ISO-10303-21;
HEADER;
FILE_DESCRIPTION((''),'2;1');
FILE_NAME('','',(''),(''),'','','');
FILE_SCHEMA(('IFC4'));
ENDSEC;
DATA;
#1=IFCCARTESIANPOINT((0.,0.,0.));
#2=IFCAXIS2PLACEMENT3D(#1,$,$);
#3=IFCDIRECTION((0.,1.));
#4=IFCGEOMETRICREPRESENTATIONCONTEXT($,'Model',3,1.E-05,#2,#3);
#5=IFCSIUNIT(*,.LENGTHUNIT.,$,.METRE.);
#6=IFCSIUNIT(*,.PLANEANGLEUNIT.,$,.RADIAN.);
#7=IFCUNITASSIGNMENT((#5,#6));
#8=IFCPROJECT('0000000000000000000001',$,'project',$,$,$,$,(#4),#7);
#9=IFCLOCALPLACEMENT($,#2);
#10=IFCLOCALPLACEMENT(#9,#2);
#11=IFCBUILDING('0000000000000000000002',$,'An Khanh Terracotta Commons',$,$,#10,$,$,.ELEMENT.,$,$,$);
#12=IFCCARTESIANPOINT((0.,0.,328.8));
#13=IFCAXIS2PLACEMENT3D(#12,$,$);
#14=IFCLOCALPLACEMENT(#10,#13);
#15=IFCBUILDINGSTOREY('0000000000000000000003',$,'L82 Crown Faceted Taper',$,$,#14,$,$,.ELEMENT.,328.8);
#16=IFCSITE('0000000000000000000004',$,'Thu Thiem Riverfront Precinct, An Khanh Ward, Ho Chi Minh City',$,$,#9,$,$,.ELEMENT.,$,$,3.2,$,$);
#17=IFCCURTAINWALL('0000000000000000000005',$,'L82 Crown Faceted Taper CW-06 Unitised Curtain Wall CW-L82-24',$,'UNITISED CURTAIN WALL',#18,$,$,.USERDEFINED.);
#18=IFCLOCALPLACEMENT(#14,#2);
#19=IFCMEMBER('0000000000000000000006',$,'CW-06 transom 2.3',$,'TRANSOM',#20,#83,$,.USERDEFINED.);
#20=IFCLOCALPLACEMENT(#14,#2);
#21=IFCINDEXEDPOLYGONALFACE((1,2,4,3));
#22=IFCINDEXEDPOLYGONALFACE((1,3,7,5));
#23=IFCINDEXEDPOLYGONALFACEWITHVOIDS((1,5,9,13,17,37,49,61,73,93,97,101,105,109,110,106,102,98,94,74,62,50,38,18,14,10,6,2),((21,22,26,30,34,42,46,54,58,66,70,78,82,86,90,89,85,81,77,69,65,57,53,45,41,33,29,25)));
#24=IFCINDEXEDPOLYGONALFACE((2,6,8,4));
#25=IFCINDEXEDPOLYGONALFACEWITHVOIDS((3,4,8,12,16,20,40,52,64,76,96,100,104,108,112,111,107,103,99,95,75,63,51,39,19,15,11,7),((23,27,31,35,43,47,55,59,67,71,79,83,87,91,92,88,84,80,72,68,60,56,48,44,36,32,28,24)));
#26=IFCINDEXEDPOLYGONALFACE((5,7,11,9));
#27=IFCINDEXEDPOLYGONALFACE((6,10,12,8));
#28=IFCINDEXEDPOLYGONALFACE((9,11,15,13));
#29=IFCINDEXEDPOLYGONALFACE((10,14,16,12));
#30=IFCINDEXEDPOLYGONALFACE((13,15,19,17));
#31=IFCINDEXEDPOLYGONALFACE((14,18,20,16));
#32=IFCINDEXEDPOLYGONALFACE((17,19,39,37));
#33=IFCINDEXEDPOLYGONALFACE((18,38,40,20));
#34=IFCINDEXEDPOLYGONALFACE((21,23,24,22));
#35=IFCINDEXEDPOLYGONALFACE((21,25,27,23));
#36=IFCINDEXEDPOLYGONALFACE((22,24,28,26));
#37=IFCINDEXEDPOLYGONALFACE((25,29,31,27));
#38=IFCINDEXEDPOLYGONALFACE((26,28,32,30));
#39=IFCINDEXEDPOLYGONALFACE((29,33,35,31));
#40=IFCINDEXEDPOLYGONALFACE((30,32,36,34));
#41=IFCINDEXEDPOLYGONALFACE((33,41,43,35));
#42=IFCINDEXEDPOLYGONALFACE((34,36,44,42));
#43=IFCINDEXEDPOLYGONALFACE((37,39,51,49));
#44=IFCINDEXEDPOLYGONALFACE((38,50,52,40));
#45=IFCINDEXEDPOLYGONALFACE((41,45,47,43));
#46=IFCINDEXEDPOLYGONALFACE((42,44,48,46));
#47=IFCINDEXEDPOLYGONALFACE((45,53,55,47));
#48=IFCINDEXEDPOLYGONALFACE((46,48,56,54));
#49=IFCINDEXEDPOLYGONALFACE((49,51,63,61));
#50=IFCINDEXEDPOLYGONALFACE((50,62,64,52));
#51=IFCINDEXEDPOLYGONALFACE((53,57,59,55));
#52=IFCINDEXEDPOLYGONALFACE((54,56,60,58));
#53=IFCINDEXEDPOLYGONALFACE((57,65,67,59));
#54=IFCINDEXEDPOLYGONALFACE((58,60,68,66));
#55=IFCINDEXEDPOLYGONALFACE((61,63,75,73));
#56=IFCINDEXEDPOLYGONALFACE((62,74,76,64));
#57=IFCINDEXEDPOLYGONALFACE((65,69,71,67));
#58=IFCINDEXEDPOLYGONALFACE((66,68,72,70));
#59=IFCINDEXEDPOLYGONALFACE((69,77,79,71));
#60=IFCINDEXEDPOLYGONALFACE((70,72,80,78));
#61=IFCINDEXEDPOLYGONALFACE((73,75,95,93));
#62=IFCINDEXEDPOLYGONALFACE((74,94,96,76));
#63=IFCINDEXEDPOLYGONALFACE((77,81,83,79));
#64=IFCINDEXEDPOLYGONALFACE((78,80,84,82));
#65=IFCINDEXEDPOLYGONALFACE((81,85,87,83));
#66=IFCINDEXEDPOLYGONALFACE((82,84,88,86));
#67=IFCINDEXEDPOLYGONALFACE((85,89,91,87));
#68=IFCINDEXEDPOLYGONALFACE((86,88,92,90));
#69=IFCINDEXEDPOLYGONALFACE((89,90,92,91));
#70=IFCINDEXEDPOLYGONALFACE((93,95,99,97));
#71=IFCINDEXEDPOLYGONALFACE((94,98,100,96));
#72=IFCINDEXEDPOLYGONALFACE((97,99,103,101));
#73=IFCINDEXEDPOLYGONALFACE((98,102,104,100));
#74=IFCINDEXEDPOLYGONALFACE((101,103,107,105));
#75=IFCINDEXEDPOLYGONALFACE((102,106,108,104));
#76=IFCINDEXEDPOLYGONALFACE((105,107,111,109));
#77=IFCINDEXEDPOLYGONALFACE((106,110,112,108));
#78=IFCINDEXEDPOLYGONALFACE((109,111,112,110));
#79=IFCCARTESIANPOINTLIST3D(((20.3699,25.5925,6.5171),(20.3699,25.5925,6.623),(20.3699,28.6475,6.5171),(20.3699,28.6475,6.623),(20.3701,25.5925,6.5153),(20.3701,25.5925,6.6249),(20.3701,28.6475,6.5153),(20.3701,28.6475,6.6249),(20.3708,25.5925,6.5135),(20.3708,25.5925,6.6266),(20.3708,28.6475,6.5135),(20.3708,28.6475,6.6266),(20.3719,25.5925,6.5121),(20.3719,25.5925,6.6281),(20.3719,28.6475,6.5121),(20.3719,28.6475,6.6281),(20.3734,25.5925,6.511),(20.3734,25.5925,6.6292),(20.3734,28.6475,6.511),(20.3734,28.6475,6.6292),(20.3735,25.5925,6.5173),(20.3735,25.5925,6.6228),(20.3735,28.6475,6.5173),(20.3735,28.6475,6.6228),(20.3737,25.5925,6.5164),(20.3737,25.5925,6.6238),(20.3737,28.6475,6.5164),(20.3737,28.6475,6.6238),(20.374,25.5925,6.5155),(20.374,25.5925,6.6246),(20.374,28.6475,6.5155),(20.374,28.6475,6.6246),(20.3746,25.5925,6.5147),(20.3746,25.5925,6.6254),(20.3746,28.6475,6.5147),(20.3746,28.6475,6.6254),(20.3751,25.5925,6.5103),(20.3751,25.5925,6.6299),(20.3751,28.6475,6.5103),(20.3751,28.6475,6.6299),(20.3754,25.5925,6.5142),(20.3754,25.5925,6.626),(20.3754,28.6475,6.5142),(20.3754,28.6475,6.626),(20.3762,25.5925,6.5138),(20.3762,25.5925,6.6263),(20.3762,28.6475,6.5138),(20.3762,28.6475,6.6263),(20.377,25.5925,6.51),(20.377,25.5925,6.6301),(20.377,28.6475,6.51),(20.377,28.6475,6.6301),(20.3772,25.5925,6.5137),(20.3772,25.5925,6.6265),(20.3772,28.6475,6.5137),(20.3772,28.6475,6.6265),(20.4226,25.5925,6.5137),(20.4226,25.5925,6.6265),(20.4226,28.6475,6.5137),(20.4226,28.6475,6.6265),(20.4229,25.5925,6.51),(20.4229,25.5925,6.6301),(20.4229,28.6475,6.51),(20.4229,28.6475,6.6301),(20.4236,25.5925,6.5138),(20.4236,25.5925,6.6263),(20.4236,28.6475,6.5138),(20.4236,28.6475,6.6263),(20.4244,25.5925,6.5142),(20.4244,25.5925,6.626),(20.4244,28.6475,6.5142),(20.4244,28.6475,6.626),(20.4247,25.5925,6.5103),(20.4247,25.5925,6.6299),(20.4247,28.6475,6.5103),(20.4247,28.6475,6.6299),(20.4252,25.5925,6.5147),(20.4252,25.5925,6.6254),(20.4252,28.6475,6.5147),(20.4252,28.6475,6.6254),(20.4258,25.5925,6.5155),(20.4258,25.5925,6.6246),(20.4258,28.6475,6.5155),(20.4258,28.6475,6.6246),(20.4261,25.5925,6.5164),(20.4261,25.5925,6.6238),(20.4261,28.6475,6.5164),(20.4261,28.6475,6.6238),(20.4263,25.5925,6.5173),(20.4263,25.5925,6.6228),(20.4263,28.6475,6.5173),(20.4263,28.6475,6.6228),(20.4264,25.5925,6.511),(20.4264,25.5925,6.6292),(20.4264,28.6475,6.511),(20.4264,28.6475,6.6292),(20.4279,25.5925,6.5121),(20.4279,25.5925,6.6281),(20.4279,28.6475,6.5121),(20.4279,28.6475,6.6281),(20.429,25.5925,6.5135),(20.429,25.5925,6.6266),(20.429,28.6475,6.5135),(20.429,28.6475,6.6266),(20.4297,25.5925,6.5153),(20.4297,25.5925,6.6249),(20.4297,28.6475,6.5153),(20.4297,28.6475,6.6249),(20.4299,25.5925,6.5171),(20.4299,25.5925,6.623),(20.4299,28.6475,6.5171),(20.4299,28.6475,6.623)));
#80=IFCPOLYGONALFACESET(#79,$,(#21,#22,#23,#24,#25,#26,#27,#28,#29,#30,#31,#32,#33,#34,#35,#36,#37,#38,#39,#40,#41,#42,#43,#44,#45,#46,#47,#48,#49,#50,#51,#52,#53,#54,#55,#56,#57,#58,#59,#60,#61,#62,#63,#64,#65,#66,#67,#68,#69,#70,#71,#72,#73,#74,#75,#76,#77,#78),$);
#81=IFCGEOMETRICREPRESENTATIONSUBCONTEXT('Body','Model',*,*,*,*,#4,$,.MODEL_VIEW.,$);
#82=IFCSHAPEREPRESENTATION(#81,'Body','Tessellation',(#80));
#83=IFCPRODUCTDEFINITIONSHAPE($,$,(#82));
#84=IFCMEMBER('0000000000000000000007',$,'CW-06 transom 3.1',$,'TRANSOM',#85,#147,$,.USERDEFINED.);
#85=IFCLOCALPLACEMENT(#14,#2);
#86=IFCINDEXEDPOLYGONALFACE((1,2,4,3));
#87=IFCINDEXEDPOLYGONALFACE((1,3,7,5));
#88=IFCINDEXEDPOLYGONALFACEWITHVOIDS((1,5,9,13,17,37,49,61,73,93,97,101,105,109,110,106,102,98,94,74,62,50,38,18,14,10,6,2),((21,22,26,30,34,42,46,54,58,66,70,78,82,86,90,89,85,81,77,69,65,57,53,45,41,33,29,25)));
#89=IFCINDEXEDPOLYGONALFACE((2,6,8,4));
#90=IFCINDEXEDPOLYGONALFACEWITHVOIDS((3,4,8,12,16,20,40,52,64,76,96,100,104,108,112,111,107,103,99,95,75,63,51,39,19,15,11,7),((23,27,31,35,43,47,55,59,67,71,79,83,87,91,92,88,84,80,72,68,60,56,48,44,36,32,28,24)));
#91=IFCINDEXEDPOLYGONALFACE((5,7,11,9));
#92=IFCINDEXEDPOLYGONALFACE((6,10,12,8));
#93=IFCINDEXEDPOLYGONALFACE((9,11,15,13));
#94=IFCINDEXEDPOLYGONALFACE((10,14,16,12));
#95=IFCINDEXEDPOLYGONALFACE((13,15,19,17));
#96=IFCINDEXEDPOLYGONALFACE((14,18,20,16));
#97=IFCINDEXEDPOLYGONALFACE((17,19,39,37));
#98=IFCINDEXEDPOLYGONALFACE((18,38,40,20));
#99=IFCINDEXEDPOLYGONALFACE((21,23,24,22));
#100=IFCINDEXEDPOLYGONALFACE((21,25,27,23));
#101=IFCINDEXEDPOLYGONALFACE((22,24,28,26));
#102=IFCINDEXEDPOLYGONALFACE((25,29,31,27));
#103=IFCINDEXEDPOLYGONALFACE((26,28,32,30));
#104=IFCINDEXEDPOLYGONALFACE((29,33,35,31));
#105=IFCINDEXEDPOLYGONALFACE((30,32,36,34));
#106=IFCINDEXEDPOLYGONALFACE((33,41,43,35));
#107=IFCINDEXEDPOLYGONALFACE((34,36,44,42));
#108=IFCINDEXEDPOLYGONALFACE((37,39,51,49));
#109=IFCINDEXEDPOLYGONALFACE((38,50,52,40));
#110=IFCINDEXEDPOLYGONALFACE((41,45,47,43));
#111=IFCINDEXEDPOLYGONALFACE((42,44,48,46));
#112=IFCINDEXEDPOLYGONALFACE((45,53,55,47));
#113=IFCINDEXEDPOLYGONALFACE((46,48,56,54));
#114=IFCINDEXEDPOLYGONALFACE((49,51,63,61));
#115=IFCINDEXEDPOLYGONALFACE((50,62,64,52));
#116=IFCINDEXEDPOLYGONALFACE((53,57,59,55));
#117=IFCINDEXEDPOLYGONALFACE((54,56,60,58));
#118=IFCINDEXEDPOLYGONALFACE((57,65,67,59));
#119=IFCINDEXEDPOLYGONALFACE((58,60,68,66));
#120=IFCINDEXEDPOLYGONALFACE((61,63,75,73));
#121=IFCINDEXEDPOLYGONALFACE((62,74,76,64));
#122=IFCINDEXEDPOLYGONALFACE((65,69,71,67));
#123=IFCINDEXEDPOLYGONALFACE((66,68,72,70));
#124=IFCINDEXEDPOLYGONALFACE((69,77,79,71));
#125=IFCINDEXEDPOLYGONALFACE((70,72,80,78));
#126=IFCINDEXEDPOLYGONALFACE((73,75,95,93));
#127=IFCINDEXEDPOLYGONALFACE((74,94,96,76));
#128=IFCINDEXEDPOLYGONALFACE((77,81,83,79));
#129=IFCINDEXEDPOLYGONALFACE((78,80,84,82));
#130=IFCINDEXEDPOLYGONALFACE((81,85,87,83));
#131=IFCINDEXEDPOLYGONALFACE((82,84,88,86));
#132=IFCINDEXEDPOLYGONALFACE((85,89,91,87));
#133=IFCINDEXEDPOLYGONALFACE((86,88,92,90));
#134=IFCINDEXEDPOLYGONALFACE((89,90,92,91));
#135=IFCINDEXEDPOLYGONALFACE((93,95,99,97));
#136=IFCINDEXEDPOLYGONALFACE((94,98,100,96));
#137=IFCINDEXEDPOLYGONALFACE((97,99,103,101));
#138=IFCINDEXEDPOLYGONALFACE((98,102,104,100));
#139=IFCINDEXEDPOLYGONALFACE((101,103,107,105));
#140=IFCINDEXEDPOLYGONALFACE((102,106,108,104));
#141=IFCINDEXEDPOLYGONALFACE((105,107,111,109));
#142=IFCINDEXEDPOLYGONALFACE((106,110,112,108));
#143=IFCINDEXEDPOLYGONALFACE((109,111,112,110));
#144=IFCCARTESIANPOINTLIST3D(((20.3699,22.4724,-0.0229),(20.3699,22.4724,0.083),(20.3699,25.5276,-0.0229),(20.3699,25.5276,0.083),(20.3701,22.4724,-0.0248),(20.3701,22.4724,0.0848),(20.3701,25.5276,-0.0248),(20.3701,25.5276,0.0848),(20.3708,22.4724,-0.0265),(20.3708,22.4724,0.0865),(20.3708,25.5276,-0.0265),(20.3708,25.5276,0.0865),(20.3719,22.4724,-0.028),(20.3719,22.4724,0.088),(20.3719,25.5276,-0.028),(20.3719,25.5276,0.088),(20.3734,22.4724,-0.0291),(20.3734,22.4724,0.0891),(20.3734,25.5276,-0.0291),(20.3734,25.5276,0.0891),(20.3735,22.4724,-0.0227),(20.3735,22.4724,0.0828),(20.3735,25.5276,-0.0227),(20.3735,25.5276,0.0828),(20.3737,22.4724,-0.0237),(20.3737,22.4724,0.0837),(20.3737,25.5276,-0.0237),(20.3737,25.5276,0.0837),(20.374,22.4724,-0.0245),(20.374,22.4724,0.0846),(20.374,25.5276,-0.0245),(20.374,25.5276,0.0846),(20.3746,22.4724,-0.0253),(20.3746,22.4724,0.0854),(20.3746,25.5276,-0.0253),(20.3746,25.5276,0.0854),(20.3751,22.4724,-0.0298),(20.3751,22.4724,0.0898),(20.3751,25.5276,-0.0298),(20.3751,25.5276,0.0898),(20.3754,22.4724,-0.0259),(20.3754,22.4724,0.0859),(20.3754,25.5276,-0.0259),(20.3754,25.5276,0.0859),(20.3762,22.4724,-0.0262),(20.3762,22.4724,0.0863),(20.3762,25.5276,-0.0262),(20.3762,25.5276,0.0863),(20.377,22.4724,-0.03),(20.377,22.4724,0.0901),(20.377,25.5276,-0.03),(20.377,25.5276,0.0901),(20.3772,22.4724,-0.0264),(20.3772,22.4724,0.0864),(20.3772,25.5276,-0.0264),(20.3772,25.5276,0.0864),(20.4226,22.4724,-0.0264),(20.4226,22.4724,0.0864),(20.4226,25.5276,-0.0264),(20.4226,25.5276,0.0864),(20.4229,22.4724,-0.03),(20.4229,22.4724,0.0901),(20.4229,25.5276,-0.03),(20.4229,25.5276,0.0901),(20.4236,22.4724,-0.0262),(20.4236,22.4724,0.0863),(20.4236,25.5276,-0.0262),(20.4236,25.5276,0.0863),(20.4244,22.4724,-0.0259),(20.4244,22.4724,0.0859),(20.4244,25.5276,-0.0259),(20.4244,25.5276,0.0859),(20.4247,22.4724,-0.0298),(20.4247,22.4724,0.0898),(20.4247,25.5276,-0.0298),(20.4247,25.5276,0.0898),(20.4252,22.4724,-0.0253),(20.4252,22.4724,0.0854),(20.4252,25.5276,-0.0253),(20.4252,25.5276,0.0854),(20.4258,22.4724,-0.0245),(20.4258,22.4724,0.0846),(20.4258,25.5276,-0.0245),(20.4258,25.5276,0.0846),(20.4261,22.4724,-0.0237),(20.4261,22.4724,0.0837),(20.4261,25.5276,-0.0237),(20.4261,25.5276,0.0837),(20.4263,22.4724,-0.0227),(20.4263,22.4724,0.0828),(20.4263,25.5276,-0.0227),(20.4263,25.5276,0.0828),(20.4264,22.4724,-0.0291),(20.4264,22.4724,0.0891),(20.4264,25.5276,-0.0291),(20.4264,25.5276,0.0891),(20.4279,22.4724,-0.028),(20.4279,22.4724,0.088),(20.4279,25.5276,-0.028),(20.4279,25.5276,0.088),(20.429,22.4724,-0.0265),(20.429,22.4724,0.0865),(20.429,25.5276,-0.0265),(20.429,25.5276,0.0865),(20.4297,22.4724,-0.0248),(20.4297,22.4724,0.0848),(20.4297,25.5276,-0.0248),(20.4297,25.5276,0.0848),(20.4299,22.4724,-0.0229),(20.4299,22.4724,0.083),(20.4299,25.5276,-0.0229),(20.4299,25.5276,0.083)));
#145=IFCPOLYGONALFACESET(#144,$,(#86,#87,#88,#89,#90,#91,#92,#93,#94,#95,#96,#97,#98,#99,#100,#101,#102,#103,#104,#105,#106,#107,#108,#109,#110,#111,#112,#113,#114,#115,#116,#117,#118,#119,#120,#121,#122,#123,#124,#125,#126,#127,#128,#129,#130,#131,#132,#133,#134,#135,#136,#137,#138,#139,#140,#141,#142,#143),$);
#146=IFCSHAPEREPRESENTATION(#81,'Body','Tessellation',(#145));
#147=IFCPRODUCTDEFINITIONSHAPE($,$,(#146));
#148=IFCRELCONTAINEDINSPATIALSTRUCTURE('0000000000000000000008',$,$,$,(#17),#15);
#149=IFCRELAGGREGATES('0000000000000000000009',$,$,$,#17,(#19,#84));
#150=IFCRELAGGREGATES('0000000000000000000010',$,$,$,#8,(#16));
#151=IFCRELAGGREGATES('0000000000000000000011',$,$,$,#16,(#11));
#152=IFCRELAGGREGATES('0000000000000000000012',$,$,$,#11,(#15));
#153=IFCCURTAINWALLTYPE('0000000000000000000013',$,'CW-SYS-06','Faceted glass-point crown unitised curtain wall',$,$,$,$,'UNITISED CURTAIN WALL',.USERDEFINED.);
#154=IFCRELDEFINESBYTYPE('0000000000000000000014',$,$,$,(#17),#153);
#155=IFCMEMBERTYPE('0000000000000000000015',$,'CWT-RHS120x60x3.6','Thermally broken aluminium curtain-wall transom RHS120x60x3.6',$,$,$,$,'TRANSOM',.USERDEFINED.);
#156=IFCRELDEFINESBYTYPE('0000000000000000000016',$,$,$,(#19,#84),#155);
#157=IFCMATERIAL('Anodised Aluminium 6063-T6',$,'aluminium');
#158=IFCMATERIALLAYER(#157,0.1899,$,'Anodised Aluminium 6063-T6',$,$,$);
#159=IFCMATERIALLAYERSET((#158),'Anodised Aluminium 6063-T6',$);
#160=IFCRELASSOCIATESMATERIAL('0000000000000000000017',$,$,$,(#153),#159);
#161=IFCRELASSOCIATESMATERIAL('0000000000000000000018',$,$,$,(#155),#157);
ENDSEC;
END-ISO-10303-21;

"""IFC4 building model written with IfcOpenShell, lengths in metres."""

from ifc_helpers import new_model, si_unit, direction, frame, origin, origin_2d, place, context, subcontext, project, spatial, hollow_rectangle, extrude, material, layer, layer_set, material_profile, profile_set, type_object, element, aggregate, save


model = new_model("IFC4")

# Units and contexts
model_context = context("Model", 3, precision=1e-05, world=origin(), true_north=direction((0.0, 1.0)))
body_context = subcontext(model_context, "Body", "Model", "MODEL_VIEW")
ifc_project = project(units=[si_unit("LENGTHUNIT", "METRE"), si_unit("PLANEANGLEUNIT", "RADIAN")], contexts=[model_context])

# Site, building, storey
site_placement = place(None, origin())
site = spatial("IfcSite", under=ifc_project, at=site_placement, Name="Thu Thiem Riverfront Precinct, An Khanh Ward, Ho Chi Minh City", CompositionType="ELEMENT", RefElevation=3.2)
building_placement = place(site_placement, origin())
building = spatial("IfcBuilding", under=site, at=building_placement, Name="An Khanh Terracotta Commons", CompositionType="ELEMENT")
storey_placement = place(building_placement, frame((0.0, 0.0, 328.8)))
storey = spatial("IfcBuildingStorey", under=building, at=storey_placement, Name="L82 Crown Faceted Taper", CompositionType="ELEMENT", Elevation=328.8)

# Shared definitions
ifc_material_1 = material(Name="Anodised Aluminium 6063-T6", Category="aluminium")
ifc_layer_1 = layer(ifc_material_1, 0.1899, Name="Anodised Aluminium 6063-T6")
ifc_layer_set_1 = layer_set([ifc_layer_1], Name="Anodised Aluminium 6063-T6")
curtain_wall_type = type_object("IfcCurtainWallType", Name="CW-SYS-06", Description="Faceted glass-point crown unitised curtain wall", ElementType="UNITISED CURTAIN WALL", PredefinedType="USERDEFINED", material=ifc_layer_set_1)

# Curtain wall, members
curtain_wall_1_placement = place(storey_placement, origin())
curtain_wall_1 = element("IfcCurtainWall", 1, at=curtain_wall_1_placement, inside=storey, type_object=curtain_wall_type, Name="L82 Crown Faceted Taper CW-06 Unitised Curtain Wall CW-L82-24", ObjectType="UNITISED CURTAIN WALL", PredefinedType="USERDEFINED")
ifc_material_profile_1 = material_profile(ifc_material_1, hollow_rectangle(XDim=0.0601, YDim=0.1201, WallThickness=0.0037, InnerFilletRadius=0.0037, OuterFilletRadius=0.0071, at=origin_2d()), Name="RHS120x60x3.6")
ifc_profile_set_1 = profile_set([ifc_material_profile_1], Name="Anodised Aluminium 6063-T6")
member_type_1 = type_object("IfcMemberType", Name="CWT-RHS120x60x3.6", Description="Thermally broken aluminium curtain-wall transom RHS120x60x3.6", ElementType="TRANSOM", PredefinedType="USERDEFINED", material=ifc_profile_set_1)
member_1_placement = place(storey_placement, frame((20.3999, 28.6475, 6.5701), z_axis=(0.0, -1.0, 0.0), x_axis=(1.0, 0.0, 0.0)))
member_1 = element("IfcMember", 2, at=member_1_placement, type_object=member_type_1, Name="CW-06 transom 2.3", ObjectType="TRANSOM", PredefinedType="USERDEFINED", context=body_context, shape_type="SweptSolid", body=[
    extrude(hollow_rectangle(XDim=0.0601, YDim=0.1201, WallThickness=0.0037, InnerFilletRadius=0.0037, OuterFilletRadius=0.0071, at=origin_2d()), origin(), (0.0, 0.0, 1.0), 3.0549),
])
member_2_placement = place(storey_placement, frame((20.3999, 25.5276, 0.03), z_axis=(0.0, -1.0, 0.0), x_axis=(1.0, 0.0, 0.0)))
member_2 = element("IfcMember", 3, at=member_2_placement, type_object=member_type_1, Name="CW-06 transom 3.1", ObjectType="TRANSOM", PredefinedType="USERDEFINED", context=body_context, shape_type="SweptSolid", body=[
    extrude(hollow_rectangle(XDim=0.0601, YDim=0.1201, WallThickness=0.0037, InnerFilletRadius=0.0037, OuterFilletRadius=0.0071, at=origin_2d()), origin(), (0.0, 0.0, 1.0), 3.0552),
])
aggregate(curtain_wall_1, [member_1, member_2])

save(model, "model.ifc")
